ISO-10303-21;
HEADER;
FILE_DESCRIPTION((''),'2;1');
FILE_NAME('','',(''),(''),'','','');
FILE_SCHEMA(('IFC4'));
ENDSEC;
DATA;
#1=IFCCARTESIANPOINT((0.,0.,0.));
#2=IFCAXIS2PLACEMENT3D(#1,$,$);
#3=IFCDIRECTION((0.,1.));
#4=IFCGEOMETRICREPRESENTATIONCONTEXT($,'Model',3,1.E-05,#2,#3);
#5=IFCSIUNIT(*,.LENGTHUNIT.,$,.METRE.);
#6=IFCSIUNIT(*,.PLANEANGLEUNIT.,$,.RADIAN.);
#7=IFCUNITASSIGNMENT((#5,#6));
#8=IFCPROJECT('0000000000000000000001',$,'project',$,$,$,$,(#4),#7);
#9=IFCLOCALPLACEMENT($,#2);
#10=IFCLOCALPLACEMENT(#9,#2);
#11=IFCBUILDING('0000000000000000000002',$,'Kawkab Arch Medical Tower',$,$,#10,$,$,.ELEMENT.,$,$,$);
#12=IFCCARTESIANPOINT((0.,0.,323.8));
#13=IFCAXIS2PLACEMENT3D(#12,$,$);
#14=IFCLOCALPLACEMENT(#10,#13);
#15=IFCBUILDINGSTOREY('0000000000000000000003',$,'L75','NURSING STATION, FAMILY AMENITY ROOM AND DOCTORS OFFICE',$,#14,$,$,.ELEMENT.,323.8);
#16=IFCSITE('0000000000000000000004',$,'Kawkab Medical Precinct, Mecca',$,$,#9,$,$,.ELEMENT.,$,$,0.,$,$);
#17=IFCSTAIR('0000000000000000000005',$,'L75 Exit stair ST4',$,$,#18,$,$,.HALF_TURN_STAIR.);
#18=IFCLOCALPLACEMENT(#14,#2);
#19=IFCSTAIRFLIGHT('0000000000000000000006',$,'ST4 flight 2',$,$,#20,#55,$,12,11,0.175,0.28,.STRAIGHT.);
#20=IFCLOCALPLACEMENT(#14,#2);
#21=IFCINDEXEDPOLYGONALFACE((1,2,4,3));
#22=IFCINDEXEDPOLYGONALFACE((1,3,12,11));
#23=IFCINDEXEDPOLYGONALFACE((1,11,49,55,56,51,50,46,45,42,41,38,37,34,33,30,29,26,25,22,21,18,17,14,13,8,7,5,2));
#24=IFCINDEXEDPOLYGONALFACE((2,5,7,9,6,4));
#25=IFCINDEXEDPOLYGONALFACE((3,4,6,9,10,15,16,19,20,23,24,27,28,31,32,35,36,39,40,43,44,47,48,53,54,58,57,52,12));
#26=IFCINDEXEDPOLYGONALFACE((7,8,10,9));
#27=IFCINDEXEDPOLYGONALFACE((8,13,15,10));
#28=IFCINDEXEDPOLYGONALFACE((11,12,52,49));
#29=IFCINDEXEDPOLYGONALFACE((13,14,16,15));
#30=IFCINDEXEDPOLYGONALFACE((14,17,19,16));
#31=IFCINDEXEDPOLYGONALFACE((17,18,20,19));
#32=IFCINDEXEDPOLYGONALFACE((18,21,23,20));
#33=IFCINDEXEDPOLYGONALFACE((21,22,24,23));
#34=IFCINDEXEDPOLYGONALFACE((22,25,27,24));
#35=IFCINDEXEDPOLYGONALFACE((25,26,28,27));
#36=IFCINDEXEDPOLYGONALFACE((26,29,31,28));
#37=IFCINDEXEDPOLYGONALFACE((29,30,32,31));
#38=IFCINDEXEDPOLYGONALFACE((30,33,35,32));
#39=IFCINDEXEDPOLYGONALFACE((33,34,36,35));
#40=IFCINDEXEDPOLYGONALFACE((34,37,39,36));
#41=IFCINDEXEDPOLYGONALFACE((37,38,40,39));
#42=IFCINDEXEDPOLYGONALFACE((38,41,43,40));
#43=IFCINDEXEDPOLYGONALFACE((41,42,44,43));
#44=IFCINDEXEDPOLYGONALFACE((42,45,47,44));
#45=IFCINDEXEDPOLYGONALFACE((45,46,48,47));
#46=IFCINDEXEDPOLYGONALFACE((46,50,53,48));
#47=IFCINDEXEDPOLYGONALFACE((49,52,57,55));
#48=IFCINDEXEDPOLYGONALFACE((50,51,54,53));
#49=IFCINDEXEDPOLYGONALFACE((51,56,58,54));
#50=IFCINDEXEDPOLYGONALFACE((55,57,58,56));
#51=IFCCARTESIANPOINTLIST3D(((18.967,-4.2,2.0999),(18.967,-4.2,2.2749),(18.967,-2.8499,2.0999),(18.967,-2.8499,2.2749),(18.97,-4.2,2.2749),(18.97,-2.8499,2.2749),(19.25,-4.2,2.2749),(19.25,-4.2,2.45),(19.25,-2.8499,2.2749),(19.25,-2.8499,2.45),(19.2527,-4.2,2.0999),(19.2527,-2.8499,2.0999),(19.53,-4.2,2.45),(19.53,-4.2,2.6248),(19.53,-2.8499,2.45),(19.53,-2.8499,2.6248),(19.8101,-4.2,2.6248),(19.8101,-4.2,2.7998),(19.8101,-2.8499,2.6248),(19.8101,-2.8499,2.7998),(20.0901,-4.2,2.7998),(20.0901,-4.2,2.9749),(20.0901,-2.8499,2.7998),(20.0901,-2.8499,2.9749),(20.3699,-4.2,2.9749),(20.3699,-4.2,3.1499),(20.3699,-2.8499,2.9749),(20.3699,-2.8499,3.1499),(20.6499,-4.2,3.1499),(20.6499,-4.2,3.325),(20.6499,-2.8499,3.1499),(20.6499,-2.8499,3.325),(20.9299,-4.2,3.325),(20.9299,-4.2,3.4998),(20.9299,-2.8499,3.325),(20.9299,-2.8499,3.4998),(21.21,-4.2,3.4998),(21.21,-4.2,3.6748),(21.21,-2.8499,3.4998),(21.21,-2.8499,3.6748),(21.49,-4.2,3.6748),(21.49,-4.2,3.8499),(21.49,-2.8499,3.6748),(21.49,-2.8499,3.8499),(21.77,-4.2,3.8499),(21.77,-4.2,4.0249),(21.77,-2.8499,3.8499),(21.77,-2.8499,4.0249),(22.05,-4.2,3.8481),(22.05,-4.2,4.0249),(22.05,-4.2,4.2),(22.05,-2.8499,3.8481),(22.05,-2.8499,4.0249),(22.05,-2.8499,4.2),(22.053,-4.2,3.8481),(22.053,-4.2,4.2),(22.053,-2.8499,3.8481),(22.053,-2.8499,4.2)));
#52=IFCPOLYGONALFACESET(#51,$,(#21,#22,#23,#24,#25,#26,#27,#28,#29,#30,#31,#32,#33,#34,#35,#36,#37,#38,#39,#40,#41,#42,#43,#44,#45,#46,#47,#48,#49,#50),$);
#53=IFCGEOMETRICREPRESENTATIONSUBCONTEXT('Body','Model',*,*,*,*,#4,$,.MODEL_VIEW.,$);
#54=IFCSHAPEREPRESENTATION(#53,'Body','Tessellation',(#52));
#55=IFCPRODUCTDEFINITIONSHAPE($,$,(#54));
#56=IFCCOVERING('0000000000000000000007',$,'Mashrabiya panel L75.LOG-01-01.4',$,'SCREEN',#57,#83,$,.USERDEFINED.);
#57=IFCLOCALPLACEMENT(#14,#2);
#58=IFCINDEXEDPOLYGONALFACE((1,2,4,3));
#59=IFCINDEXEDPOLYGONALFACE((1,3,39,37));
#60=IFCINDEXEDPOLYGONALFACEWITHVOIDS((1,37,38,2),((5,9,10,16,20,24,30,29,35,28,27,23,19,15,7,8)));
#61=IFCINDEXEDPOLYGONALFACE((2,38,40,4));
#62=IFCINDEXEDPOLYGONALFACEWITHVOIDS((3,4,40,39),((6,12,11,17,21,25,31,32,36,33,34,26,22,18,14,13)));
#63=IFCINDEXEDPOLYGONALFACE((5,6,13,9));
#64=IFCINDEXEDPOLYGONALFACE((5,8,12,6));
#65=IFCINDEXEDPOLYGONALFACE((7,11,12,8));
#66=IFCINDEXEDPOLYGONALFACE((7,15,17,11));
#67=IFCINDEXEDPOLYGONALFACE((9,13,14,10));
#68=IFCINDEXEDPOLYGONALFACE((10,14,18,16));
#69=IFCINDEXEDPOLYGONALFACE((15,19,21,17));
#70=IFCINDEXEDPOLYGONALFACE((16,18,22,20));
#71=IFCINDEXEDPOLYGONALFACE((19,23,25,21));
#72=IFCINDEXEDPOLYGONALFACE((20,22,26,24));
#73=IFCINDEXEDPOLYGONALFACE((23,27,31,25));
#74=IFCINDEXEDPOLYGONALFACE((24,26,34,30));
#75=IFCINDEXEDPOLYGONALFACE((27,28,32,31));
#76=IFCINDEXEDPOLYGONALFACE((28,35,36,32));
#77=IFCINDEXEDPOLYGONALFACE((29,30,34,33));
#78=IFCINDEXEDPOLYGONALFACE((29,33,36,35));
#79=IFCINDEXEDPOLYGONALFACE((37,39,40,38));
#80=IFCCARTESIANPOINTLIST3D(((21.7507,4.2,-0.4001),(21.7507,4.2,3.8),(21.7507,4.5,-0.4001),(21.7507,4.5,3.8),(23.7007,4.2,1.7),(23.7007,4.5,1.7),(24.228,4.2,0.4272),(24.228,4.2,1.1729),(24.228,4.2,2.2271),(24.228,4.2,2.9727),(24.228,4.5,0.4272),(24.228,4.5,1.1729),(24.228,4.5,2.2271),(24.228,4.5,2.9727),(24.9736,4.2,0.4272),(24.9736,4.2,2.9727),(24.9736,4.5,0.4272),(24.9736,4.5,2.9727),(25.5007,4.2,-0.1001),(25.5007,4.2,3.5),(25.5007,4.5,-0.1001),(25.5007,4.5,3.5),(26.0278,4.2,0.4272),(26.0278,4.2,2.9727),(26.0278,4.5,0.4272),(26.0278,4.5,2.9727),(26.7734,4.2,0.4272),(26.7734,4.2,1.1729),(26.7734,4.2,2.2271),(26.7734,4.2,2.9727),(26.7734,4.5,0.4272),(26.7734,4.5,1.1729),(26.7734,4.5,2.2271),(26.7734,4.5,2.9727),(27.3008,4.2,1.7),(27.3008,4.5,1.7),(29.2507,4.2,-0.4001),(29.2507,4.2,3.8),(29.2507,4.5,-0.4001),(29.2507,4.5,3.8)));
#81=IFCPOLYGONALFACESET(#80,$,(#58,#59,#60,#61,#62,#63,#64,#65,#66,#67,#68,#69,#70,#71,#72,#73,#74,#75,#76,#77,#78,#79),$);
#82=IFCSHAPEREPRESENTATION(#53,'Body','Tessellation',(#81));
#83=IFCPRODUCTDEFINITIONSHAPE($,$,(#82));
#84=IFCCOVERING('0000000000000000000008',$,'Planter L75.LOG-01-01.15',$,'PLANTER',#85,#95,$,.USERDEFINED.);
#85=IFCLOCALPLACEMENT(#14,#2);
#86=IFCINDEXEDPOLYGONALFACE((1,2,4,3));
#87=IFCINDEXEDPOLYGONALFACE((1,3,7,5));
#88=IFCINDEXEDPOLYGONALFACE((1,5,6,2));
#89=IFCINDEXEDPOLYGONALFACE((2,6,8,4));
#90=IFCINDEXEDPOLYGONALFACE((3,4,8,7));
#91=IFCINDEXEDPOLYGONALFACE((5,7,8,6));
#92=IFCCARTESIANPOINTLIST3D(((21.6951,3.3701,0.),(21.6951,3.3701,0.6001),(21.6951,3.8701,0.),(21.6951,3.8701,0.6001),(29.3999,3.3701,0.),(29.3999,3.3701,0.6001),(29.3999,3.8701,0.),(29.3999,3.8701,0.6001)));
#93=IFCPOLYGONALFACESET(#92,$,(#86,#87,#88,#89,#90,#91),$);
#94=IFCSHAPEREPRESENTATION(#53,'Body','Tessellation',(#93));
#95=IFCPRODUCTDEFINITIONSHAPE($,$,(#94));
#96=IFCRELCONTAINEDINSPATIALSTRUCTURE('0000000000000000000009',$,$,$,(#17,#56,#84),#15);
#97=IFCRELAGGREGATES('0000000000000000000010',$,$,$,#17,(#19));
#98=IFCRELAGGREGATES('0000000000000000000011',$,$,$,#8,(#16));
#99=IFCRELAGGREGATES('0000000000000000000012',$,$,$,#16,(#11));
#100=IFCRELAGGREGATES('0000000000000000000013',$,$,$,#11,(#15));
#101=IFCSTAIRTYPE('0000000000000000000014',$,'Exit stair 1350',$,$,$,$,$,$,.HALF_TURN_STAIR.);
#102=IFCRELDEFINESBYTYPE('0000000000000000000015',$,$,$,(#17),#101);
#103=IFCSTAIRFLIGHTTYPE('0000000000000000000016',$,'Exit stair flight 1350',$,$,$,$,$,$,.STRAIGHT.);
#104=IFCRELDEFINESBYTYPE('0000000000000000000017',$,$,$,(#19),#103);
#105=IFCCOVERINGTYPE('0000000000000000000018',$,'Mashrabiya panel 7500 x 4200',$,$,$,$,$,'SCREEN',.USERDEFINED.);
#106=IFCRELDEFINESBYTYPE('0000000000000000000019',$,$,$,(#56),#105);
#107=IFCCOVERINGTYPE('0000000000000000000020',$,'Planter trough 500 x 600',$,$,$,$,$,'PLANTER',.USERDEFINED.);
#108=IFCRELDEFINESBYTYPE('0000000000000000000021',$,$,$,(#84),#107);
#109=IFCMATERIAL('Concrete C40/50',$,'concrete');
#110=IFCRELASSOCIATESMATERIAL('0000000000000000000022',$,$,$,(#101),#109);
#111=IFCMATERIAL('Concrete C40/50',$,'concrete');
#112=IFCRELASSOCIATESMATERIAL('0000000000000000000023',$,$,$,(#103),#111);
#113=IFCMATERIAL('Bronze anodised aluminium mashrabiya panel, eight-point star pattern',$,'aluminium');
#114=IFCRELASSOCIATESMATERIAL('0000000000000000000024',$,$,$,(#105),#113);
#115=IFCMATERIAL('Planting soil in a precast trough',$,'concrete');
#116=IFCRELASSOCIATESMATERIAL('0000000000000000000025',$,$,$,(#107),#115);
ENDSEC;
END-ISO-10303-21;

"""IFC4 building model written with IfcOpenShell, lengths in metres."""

from ifc_helpers import new_model, si_unit, direction, frame, origin, origin_2d, place, context, subcontext, project, spatial, polyline, rectangle, outline, extrude, material, material_profile, profile_set, type_object, element, aggregate, save


model = new_model("IFC4")

# Units and contexts
model_context = context("Model", 3, precision=1e-05, world=origin(), true_north=direction((0.0, 1.0)))
body_context = subcontext(model_context, "Body", "Model", "MODEL_VIEW")
ifc_project = project(units=[si_unit("LENGTHUNIT", "METRE"), si_unit("PLANEANGLEUNIT", "RADIAN")], contexts=[model_context])

# Site, building, storey
site_placement = place(None, origin())
site = spatial("IfcSite", under=ifc_project, at=site_placement, Name="Kawkab Medical Precinct, Mecca", CompositionType="ELEMENT", RefElevation=0.0)
building_placement = place(site_placement, origin())
building = spatial("IfcBuilding", under=site, at=building_placement, Name="Kawkab Arch Medical Tower", CompositionType="ELEMENT")
storey_placement = place(building_placement, frame((0.0, 0.0, 323.8)))
storey = spatial("IfcBuildingStorey", under=building, at=storey_placement, Name="L75", Description="NURSING STATION, FAMILY AMENITY ROOM AND DOCTORS OFFICE", CompositionType="ELEMENT", Elevation=323.8)

# Shared definitions
placement = place(storey_placement, origin())

# Stair, stair flight
ifc_material_1 = material(Name="Concrete C40/50", Category="concrete")
stair_type = type_object("IfcStairType", Name="Exit stair 1350", PredefinedType="HALF_TURN_STAIR", material=ifc_material_1)
stair = element("IfcStair", 1, at=placement, inside=storey, type_object=stair_type, Name="L75 Exit stair ST4", PredefinedType="HALF_TURN_STAIR")
ifc_material_2 = material(Name="Concrete C40/50", Category="concrete")
stair_flight_type = type_object("IfcStairFlightType", Name="Exit stair flight 1350", PredefinedType="STRAIGHT", material=ifc_material_2)
stair_flight_1_placement = place(storey_placement, frame((18.97, -3.5249, 2.0999), z_axis=(0.0, 0.0, 1.0), x_axis=(1.0, 0.0, 0.0)))
stair_flight_1 = element("IfcStairFlight", 2, at=stair_flight_1_placement, type_object=stair_flight_type, Name="ST4 flight 2", NumberOfRisers=12, NumberOfTreads=11, PredefinedType="STRAIGHT", RiserHeight=0.175, TreadLength=0.28, context=body_context, shape_type="SweptSolid", body=[
    extrude(outline(polyline([(-0.0029, 0.0), (-0.0029, 0.175), (0.0, 0.175), (0.28, 0.175), (0.28, 0.3501), (0.5601, 0.3501), (0.5601, 0.5249), (0.8401, 0.5249), (0.8401, 0.7), (1.1201, 0.7), (1.1201, 0.875), (1.3999, 0.875), (1.3999, 1.05), (1.6799, 1.05), (1.6799, 1.2251), (1.96, 1.2251), (1.96, 1.3999), (2.24, 1.3999), (2.24, 1.575), (2.52, 1.575), (2.52, 1.75), (2.8, 1.75), (2.8, 1.925), (3.0801, 1.925), (3.0801, 2.1001), (3.083, 2.1001), (3.083, 1.7483), (3.0801, 1.7483), (0.2827, 0.0), (-0.0029, 0.0)])), frame((0.0, 0.675, 0.0), z_axis=(0.0, -1.0, 0.0), x_axis=(1.0, 0.0, 0.0)), (0.0, 0.0, 1.0), 1.3501),
])
aggregate(stair, [stair_flight_1])

# Coverings
ifc_material_3 = material(Name="Bronze anodised aluminium mashrabiya panel, eight-point star pattern", Category="aluminium")
ifc_material_profile_1 = material_profile(ifc_material_3, outline(polyline([(-3.75, -2.1001), (3.75, -2.1001), (3.75, 2.1001), (-3.75, 2.1001), (-3.75, -2.1001)]), holes=[polyline([(1.8, 0.0), (1.2727, 0.5271), (1.2727, 1.2727), (0.5271, 1.2727), (0.0, 1.8), (-0.5271, 1.2727), (-1.2727, 1.2727), (-1.2727, 0.5271), (-1.8, 0.0), (-1.2727, -0.5271), (-1.2727, -1.2727), (-0.5271, -1.2727), (0.0, -1.8), (0.5271, -1.2727), (1.2727, -1.2727), (1.2727, -0.5271), (1.8, 0.0)])]), Name="Mashrabiya panel 7500x4200")
ifc_profile_set_1 = profile_set([ifc_material_profile_1], Name="Bronze anodised aluminium mashrabiya panel, eight-point star pattern")
covering_type_1 = type_object("IfcCoveringType", Name="Mashrabiya panel 7500 x 4200", ElementType="SCREEN", PredefinedType="USERDEFINED", material=ifc_profile_set_1)
covering_1_placement = place(storey_placement, frame((25.5007, 4.2, 1.7), z_axis=(0.0, 1.0, 0.0), x_axis=(-1.0, 0.0, 0.0)))
element("IfcCovering", 3, at=covering_1_placement, inside=storey, type_object=covering_type_1, Name="Mashrabiya panel L75.LOG-01-01.4", ObjectType="SCREEN", PredefinedType="USERDEFINED", context=body_context, shape_type="SweptSolid", body=[
    extrude(outline(polyline([(-3.75, -2.1001), (3.75, -2.1001), (3.75, 2.1001), (-3.75, 2.1001), (-3.75, -2.1001)]), holes=[polyline([(1.8, 0.0), (1.2727, 0.5271), (1.2727, 1.2727), (0.5271, 1.2727), (0.0, 1.8), (-0.5271, 1.2727), (-1.2727, 1.2727), (-1.2727, 0.5271), (-1.8, 0.0), (-1.2727, -0.5271), (-1.2727, -1.2727), (-0.5271, -1.2727), (0.0, -1.8), (0.5271, -1.2727), (1.2727, -1.2727), (1.2727, -0.5271), (1.8, 0.0)])]), origin(), (0.0, 0.0, 1.0), 0.3),
])
ifc_material_4 = material(Name="Planting soil in a precast trough", Category="concrete")
ifc_material_profile_2 = material_profile(ifc_material_4, rectangle(XDim=0.5, YDim=0.6001, at=origin_2d()), Name="Trough 500x600")
ifc_profile_set_2 = profile_set([ifc_material_profile_2], Name="Planting soil in a precast trough")
covering_type_2 = type_object("IfcCoveringType", Name="Planter trough 500 x 600", ElementType="PLANTER", PredefinedType="USERDEFINED", material=ifc_profile_set_2)
covering_2_placement = place(storey_placement, frame((21.6951, 3.6201, 0.3), z_axis=(1.0, 0.0, 0.0), x_axis=(0.0, 1.0, 0.0)))
element("IfcCovering", 4, at=covering_2_placement, inside=storey, type_object=covering_type_2, Name="Planter L75.LOG-01-01.15", ObjectType="PLANTER", PredefinedType="USERDEFINED", context=body_context, shape_type="SweptSolid", body=[
    extrude(rectangle(XDim=0.5, YDim=0.6001, at=origin_2d()), origin(), (0.0, 0.0, 1.0), 7.7048),
])

save(model, "model.ifc")
